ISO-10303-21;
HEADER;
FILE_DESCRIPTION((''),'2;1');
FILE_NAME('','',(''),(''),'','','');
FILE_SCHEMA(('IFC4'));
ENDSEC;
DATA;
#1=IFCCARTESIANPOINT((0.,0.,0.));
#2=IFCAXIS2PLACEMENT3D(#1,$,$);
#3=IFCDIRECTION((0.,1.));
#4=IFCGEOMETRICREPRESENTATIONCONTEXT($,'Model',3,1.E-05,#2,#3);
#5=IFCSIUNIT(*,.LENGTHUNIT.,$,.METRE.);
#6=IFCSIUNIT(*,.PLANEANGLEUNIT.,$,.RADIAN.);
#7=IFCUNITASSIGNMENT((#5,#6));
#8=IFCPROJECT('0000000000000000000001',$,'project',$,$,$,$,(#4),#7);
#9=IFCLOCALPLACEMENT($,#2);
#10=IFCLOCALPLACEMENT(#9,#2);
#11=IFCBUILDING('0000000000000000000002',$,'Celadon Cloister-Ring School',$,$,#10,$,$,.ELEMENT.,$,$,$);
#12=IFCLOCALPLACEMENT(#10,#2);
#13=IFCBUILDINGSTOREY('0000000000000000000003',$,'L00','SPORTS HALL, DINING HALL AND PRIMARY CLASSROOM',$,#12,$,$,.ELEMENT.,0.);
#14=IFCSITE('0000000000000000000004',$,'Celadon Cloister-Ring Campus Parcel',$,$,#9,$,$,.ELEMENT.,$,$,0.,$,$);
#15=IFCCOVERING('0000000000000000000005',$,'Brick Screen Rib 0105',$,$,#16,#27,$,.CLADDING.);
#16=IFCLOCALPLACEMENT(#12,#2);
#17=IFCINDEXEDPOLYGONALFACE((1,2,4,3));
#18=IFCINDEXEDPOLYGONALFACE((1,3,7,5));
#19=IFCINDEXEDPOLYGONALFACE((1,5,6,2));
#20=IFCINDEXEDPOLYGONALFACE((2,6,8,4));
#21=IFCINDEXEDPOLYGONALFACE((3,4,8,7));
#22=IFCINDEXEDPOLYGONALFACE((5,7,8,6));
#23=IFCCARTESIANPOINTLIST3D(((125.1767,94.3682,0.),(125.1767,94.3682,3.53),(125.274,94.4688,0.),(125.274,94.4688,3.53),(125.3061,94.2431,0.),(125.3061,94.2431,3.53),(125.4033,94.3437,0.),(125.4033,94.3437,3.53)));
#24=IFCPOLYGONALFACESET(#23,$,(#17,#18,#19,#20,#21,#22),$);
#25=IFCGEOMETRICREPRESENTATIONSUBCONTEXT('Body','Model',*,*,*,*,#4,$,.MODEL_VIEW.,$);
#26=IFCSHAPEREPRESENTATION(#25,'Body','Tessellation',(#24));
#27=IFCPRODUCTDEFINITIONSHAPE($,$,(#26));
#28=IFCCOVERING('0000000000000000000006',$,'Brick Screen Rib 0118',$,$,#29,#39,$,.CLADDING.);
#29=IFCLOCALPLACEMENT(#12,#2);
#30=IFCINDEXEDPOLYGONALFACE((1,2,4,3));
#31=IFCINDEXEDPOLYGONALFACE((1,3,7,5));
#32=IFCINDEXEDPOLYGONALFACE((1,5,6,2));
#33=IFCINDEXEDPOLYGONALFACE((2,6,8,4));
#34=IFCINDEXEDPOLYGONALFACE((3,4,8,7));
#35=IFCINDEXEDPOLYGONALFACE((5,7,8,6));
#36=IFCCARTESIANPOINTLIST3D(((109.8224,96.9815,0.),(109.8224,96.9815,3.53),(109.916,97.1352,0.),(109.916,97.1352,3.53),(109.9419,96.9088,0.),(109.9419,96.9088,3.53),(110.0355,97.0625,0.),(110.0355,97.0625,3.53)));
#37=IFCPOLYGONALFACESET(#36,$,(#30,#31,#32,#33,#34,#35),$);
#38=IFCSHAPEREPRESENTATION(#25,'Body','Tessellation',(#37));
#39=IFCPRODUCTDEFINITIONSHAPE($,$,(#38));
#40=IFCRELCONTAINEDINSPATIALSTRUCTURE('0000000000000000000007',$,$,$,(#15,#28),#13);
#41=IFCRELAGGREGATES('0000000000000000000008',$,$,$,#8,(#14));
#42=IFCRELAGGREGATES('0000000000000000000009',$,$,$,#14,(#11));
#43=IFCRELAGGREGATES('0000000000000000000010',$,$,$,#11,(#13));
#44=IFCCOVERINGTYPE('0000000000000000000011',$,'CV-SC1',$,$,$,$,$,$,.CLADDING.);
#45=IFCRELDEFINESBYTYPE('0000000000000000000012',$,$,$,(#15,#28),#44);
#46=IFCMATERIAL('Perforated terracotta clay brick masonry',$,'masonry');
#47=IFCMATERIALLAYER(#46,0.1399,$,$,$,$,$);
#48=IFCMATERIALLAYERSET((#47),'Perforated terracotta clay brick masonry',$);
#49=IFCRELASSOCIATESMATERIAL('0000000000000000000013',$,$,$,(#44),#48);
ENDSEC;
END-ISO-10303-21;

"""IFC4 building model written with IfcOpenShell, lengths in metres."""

from ifc_helpers import new_model, si_unit, direction, frame, origin, origin_2d, place, context, subcontext, project, spatial, rectangle, extrude, material, layer, layer_set, type_object, element, save


model = new_model("IFC4")

# Units and contexts
model_context = context("Model", 3, precision=1e-05, world=origin(), true_north=direction((0.0, 1.0)))
body_context = subcontext(model_context, "Body", "Model", "MODEL_VIEW")
ifc_project = project(units=[si_unit("LENGTHUNIT", "METRE"), si_unit("PLANEANGLEUNIT", "RADIAN")], contexts=[model_context])

# Site, building, storey
site_placement = place(None, origin())
site = spatial("IfcSite", under=ifc_project, at=site_placement, Name="Celadon Cloister-Ring Campus Parcel", CompositionType="ELEMENT", RefElevation=0.0)
building_placement = place(site_placement, origin())
building = spatial("IfcBuilding", under=site, at=building_placement, Name="Celadon Cloister-Ring School", CompositionType="ELEMENT")
storey_placement = place(building_placement, origin())
storey = spatial("IfcBuildingStorey", under=building, at=storey_placement, Name="L00", Description="SPORTS HALL, DINING HALL AND PRIMARY CLASSROOM", CompositionType="ELEMENT", Elevation=0.0)

# Coverings
ifc_material_1 = material(Name="Perforated terracotta clay brick masonry", Category="masonry")
ifc_layer_1 = layer(ifc_material_1, 0.1399)
ifc_layer_set_1 = layer_set([ifc_layer_1], Name="Perforated terracotta clay brick masonry")
covering_type = type_object("IfcCoveringType", Name="CV-SC1", PredefinedType="CLADDING", material=ifc_layer_set_1)
for number, where, z_axis, x_axis, name in (
    (1, (125.29, 94.356, 0.0), (0.0, 0.0, 1.0), (0.718673, -0.695349, 0.0), "Brick Screen Rib 0105"),
    (2, (109.929, 97.022, 0.0), (0.0, 0.0, 1.0), (0.519862, 0.85425, 0.0), "Brick Screen Rib 0118"),
):
    element("IfcCovering", number, at=place(storey_placement, frame(where, z_axis=z_axis, x_axis=x_axis)), inside=storey, type_object=covering_type, Name=name, PredefinedType="CLADDING", context=body_context, shape_type="SweptSolid", body=[
        extrude(rectangle(XDim=0.1799, YDim=0.1399, at=origin_2d()), origin(), (0.0, 0.0, 1.0), 3.53),
    ])

save(model, "model.ifc")
